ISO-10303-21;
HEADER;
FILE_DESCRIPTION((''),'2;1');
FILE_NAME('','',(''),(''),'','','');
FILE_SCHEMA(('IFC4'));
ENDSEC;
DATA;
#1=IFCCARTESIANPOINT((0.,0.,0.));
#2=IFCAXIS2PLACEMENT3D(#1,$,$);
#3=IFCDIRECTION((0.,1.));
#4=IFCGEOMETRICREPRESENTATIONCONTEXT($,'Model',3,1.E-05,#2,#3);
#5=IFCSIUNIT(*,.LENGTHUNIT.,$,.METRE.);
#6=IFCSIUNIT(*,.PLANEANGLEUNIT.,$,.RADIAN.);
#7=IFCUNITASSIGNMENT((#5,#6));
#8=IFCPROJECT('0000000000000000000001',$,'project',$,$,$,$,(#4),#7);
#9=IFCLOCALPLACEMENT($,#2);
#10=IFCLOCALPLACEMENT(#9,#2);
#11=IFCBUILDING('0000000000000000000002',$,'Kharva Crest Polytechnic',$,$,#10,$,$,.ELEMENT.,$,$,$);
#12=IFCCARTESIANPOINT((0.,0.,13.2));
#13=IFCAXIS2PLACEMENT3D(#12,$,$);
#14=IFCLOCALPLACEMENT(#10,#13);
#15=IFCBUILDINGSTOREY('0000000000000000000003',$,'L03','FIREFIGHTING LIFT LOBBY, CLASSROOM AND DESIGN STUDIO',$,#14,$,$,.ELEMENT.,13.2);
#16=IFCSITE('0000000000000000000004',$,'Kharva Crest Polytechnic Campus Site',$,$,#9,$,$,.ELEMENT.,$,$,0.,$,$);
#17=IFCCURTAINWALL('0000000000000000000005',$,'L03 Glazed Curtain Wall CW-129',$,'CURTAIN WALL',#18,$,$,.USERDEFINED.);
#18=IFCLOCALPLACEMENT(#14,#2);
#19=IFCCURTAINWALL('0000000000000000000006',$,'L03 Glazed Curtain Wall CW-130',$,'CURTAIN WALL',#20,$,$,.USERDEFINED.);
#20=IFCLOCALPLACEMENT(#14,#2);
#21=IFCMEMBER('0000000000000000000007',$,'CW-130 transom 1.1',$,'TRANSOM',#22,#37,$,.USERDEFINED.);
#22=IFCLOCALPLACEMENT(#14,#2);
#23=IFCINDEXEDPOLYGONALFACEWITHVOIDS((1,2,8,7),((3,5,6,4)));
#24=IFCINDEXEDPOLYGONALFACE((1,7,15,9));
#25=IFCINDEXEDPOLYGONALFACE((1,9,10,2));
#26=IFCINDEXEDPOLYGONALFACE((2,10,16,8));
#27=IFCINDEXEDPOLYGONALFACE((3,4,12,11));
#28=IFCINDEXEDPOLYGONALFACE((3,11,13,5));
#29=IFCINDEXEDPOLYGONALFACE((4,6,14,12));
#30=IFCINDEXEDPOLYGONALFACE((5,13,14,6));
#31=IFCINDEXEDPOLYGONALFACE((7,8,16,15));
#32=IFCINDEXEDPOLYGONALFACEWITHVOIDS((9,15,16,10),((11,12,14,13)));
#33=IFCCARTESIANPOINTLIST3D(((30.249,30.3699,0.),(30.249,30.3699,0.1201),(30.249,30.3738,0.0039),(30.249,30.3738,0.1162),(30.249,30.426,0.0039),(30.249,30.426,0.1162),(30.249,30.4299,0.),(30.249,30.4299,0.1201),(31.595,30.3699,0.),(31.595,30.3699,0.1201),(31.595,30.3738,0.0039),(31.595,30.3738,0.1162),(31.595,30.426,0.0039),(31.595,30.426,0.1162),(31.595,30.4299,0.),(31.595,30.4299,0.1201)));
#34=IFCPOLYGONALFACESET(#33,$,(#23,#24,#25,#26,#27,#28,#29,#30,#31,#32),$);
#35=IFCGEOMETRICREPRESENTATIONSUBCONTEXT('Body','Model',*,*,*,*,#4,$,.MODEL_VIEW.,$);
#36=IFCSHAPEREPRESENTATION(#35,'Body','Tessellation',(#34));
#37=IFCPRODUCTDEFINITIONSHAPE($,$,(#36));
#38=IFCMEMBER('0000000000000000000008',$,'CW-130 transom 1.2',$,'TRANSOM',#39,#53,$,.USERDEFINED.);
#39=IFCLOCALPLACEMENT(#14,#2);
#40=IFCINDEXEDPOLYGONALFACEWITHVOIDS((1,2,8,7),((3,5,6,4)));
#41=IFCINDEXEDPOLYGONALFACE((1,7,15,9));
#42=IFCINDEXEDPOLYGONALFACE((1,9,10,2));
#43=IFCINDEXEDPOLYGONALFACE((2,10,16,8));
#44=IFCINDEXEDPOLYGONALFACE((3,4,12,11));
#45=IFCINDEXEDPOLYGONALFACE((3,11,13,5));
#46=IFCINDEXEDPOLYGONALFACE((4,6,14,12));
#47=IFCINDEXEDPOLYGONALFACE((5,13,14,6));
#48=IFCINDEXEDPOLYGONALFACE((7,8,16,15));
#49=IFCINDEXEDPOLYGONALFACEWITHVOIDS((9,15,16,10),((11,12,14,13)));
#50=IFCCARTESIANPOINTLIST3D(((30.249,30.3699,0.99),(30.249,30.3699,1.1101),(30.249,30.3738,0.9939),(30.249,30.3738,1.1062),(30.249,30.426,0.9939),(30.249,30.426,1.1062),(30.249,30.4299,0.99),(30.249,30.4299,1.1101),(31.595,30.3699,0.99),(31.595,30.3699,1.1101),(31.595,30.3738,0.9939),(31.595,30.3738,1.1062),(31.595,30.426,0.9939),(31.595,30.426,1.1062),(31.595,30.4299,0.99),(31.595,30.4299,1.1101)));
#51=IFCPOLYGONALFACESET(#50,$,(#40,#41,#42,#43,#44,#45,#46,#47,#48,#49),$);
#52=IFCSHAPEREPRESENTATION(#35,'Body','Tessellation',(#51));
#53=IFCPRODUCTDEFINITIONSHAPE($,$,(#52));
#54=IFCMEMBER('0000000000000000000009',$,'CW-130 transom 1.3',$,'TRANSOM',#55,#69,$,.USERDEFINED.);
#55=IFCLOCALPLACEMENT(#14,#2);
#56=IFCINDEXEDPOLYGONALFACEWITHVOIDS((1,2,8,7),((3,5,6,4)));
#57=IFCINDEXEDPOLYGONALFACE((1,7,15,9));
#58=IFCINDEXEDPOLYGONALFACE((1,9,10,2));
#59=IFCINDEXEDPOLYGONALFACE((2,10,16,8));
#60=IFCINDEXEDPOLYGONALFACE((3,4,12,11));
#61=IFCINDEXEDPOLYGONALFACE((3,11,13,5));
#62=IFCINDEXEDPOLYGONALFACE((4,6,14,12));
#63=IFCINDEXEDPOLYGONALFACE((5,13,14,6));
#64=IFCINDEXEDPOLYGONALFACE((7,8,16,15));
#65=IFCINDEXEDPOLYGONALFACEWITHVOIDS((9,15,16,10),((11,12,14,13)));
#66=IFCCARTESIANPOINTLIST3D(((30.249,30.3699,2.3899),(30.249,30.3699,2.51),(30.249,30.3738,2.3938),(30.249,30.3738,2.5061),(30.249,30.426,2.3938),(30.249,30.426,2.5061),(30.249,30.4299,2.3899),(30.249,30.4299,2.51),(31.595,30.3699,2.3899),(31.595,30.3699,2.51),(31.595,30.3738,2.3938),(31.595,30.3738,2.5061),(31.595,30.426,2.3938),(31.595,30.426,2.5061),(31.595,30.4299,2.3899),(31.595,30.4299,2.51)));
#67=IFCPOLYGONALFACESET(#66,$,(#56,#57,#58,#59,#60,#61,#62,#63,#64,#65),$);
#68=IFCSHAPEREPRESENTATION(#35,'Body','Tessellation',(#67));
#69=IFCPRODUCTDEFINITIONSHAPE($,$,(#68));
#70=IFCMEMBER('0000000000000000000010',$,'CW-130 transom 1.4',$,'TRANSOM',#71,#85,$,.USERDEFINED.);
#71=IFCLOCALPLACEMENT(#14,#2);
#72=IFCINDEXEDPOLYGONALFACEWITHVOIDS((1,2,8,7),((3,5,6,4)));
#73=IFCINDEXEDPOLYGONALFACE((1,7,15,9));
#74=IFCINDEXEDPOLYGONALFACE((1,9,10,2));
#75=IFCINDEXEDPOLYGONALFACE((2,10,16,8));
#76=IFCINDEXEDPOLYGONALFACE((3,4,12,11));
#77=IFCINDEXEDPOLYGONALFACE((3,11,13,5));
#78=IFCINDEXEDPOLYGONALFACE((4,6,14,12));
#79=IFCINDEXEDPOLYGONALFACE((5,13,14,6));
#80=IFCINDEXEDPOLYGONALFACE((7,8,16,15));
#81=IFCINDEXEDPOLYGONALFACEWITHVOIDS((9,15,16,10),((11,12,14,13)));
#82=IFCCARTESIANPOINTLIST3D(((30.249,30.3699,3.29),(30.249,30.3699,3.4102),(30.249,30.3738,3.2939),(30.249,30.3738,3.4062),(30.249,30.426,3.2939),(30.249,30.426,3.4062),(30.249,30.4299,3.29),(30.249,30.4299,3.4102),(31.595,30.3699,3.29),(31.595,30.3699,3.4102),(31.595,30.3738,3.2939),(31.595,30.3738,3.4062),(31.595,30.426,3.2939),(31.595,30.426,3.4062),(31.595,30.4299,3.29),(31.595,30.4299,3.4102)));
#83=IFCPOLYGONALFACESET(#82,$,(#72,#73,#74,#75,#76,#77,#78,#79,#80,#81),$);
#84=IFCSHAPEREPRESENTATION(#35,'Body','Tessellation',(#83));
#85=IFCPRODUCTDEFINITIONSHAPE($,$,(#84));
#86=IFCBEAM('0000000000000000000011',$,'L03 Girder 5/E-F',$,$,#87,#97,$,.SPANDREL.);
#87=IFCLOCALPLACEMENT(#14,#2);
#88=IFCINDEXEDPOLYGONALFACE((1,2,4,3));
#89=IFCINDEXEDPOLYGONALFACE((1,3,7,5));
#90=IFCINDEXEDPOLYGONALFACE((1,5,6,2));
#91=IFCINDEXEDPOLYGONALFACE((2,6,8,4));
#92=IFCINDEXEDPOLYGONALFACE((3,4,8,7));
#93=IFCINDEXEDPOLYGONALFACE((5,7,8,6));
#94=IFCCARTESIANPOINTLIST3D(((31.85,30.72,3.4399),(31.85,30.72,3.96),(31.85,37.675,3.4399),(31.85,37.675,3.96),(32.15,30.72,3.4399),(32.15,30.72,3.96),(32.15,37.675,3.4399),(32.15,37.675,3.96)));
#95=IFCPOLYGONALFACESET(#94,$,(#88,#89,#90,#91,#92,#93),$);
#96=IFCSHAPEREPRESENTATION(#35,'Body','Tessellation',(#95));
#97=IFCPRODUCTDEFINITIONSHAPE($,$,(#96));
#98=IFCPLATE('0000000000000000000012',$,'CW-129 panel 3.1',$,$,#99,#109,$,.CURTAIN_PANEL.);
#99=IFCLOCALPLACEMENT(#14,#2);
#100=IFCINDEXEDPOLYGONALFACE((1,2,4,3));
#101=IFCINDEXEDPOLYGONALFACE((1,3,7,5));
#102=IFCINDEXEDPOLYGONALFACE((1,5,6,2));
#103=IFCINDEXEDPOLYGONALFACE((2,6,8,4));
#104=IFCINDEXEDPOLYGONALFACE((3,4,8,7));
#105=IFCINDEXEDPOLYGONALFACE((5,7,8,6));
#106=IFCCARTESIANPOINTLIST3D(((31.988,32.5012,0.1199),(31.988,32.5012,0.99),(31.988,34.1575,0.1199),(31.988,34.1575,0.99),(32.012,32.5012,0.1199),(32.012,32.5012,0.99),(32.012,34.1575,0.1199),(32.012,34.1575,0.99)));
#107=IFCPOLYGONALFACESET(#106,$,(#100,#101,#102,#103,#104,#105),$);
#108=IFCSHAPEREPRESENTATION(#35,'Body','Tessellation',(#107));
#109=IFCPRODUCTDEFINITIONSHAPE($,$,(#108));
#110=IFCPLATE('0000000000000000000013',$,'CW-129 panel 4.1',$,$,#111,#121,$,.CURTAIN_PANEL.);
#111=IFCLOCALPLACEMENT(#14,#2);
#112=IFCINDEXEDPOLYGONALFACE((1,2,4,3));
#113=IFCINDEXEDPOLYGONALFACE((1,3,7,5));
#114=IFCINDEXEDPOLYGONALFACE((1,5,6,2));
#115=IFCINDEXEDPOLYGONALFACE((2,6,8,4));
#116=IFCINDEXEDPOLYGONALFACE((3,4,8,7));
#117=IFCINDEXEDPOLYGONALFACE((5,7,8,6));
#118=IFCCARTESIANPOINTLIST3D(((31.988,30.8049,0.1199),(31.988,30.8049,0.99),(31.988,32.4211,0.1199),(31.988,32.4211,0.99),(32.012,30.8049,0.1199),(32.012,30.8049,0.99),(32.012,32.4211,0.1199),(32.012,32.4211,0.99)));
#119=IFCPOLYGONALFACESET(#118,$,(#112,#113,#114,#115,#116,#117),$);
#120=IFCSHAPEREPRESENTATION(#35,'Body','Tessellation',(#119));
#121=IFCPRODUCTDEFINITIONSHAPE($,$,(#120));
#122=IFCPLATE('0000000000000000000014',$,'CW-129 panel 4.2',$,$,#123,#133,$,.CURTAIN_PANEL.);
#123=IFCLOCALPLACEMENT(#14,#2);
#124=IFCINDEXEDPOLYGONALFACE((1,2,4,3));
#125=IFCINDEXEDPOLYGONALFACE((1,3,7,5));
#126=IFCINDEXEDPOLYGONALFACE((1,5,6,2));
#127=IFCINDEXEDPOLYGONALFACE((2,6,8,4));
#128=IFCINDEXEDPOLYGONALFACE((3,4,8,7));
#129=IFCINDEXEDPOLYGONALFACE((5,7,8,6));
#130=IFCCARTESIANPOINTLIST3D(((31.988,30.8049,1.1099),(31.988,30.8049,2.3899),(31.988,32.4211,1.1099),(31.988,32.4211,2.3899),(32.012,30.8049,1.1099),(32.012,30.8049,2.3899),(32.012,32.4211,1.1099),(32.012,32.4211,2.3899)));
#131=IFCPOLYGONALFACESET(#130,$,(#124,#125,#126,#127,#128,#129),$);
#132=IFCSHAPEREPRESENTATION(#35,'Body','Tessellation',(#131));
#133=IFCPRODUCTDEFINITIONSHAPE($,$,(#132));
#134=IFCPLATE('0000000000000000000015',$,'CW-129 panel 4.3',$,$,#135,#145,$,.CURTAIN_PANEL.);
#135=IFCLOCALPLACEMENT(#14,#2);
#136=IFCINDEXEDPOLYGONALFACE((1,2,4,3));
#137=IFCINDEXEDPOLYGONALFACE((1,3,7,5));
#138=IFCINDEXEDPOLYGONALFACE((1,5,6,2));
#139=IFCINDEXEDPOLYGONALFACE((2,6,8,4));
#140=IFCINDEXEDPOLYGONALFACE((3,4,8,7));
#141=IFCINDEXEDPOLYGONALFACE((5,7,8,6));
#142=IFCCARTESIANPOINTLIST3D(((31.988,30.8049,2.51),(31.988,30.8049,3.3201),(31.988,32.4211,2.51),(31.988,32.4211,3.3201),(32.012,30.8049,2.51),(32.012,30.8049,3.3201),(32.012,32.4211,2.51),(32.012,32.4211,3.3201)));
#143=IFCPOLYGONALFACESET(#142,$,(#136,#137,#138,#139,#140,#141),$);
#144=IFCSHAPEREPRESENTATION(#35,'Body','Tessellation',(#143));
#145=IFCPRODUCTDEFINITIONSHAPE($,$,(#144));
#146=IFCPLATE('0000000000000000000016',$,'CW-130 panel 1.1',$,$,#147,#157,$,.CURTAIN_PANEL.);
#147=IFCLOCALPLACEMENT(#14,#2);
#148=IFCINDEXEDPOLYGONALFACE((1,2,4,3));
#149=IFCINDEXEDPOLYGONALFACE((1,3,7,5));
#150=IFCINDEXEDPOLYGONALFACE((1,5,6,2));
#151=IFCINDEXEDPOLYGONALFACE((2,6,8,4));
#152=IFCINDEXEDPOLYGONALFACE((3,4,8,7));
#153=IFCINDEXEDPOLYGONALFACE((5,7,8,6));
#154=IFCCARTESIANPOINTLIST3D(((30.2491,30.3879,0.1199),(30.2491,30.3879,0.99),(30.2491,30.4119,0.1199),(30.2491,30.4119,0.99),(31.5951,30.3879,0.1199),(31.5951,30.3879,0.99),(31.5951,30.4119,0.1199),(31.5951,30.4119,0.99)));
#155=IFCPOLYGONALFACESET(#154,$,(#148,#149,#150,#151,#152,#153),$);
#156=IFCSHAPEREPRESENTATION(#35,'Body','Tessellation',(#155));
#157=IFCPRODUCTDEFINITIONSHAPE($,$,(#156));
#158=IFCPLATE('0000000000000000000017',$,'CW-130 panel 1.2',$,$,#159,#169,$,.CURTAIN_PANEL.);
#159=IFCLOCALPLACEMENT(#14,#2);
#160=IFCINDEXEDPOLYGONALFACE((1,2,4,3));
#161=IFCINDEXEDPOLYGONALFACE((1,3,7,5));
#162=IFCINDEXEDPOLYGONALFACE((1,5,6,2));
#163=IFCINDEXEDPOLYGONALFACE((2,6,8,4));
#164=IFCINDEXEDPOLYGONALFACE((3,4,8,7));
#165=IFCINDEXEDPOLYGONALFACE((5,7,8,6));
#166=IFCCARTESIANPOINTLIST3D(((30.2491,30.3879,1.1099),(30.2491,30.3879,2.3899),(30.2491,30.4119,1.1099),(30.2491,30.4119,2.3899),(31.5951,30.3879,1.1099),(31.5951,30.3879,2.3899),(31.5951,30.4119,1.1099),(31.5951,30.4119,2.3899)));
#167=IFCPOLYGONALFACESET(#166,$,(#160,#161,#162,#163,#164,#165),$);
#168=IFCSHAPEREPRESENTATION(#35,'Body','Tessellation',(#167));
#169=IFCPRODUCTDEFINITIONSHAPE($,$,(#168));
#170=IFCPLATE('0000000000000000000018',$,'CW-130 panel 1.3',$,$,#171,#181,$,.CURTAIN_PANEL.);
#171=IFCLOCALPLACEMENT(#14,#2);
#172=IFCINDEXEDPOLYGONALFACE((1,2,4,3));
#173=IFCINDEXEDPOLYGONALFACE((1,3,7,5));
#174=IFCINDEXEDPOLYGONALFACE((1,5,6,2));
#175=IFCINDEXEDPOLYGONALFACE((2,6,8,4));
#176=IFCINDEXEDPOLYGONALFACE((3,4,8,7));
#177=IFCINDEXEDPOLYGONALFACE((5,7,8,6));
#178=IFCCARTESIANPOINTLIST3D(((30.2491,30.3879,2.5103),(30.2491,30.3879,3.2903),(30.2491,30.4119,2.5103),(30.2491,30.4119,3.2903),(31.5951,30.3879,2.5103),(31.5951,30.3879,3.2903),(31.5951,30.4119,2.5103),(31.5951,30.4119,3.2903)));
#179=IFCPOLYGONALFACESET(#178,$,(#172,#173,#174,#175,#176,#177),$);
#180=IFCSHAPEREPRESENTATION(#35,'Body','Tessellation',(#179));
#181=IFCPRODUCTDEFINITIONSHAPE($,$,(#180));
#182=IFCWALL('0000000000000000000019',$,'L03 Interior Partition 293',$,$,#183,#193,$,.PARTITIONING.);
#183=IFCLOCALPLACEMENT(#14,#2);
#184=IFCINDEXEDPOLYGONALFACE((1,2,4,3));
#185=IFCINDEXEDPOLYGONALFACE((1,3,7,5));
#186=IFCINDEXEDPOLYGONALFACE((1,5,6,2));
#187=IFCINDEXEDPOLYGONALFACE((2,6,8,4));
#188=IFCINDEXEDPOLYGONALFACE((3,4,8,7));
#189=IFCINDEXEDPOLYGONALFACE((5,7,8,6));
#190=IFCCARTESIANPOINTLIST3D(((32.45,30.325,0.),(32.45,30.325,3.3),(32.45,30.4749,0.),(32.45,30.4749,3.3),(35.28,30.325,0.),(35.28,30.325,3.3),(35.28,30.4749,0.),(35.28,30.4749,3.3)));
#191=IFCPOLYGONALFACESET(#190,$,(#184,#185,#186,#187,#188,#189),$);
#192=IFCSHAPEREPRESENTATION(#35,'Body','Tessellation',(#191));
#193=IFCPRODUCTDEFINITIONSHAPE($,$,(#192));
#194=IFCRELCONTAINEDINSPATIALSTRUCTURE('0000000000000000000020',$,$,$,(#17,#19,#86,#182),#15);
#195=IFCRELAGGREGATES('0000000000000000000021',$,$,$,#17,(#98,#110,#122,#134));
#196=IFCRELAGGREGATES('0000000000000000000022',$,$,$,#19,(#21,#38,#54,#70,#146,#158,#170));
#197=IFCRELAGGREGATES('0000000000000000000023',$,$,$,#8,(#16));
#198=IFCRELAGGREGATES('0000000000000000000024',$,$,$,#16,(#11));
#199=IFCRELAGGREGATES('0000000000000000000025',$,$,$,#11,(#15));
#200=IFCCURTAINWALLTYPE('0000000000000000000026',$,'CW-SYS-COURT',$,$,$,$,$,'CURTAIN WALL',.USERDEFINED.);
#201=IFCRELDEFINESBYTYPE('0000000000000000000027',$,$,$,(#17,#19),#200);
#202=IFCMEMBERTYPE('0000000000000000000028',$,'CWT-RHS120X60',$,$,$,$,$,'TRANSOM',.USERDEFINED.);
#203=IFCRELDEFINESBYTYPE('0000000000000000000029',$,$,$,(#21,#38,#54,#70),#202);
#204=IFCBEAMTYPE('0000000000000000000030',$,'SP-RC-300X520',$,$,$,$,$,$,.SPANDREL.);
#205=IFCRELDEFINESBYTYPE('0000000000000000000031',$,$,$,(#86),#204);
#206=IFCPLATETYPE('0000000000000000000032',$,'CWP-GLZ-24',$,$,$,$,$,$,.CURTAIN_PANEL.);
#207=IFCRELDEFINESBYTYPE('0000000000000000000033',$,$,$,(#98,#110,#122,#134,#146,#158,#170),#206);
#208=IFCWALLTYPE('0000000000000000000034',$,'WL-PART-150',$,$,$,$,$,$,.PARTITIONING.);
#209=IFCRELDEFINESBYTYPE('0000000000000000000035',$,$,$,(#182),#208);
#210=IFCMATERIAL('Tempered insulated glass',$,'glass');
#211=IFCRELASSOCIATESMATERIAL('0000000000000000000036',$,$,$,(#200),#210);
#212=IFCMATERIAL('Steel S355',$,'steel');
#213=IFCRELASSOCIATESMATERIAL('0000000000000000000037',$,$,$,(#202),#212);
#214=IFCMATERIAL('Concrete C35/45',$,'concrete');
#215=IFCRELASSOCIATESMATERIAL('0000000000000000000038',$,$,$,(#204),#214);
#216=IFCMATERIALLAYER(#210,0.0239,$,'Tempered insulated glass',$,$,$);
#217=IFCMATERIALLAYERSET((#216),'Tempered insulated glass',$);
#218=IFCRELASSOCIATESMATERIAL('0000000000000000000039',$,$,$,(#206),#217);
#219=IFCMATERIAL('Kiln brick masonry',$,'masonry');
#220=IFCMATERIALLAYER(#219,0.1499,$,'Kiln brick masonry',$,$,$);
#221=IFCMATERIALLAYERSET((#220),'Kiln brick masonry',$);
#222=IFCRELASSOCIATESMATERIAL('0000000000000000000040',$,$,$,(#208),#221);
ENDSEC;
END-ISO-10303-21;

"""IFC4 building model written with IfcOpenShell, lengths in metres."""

from ifc_helpers import new_model, si_unit, direction, frame, frame_2d, origin, origin_2d, place, context, subcontext, project, spatial, rectangle, hollow_rectangle, extrude, material, layer, layer_set, material_profile, profile_set, type_object, element, aggregate, save


model = new_model("IFC4")

# Units and contexts
model_context = context("Model", 3, precision=1e-05, world=origin(), true_north=direction((0.0, 1.0)))
body_context = subcontext(model_context, "Body", "Model", "MODEL_VIEW")
ifc_project = project(units=[si_unit("LENGTHUNIT", "METRE"), si_unit("PLANEANGLEUNIT", "RADIAN")], contexts=[model_context])

# Site, building, storey
site_placement = place(None, origin())
site = spatial("IfcSite", under=ifc_project, at=site_placement, Name="Kharva Crest Polytechnic Campus Site", CompositionType="ELEMENT", RefElevation=0.0)
building_placement = place(site_placement, origin())
building = spatial("IfcBuilding", under=site, at=building_placement, Name="Kharva Crest Polytechnic", CompositionType="ELEMENT")
storey_placement = place(building_placement, frame((0.0, 0.0, 13.2)))
storey = spatial("IfcBuildingStorey", under=building, at=storey_placement, Name="L03", Description="FIREFIGHTING LIFT LOBBY, CLASSROOM AND DESIGN STUDIO", CompositionType="ELEMENT", Elevation=13.2)

# Shared definitions
ifc_material_1 = material(Name="Concrete C35/45", Category="concrete")

# Curtain wall
ifc_material_2 = material(Name="Tempered insulated glass", Category="glass")
curtain_wall_type = type_object("IfcCurtainWallType", Name="CW-SYS-COURT", ElementType="CURTAIN WALL", PredefinedType="USERDEFINED", material=ifc_material_2)
curtain_wall_1_placement = place(storey_placement, origin())
curtain_wall_1 = element("IfcCurtainWall", 1, at=curtain_wall_1_placement, inside=storey, type_object=curtain_wall_type, Name="L03 Glazed Curtain Wall CW-129", ObjectType="CURTAIN WALL", PredefinedType="USERDEFINED")
ifc_material_3 = material(Name="Steel S355", Category="steel")

# Curtain wall
curtain_wall_2_placement = place(storey_placement, origin())
curtain_wall_2 = element("IfcCurtainWall", 2, at=curtain_wall_2_placement, inside=storey, type_object=curtain_wall_type, Name="L03 Glazed Curtain Wall CW-130", ObjectType="CURTAIN WALL", PredefinedType="USERDEFINED")

# Members
ifc_material_profile_1 = material_profile(ifc_material_3, hollow_rectangle(XDim=0.0601, YDim=0.1201, WallThickness=0.0039, at=origin_2d()), Name="RHS 120X60X4.0")
ifc_profile_set_1 = profile_set([ifc_material_profile_1], Name="Steel S355")
member_type_1 = type_object("IfcMemberType", Name="CWT-RHS120X60", ElementType="TRANSOM", PredefinedType="USERDEFINED", material=ifc_profile_set_1)
member_1_placement = place(storey_placement, frame((31.595, 30.3999, 0.0601), z_axis=(-1.0, 0.0, 0.0), x_axis=(0.0, -1.0, 0.0)))
member_1 = element("IfcMember", 3, at=member_1_placement, type_object=member_type_1, Name="CW-130 transom 1.1", ObjectType="TRANSOM", PredefinedType="USERDEFINED", context=body_context, shape_type="SweptSolid", body=[
    extrude(hollow_rectangle(XDim=0.0601, YDim=0.1201, WallThickness=0.0039, at=origin_2d()), origin(), (0.0, 0.0, 1.0), 1.3459),
])
member_2_placement = place(storey_placement, frame((31.595, 30.3999, 1.05), z_axis=(-1.0, 0.0, 0.0), x_axis=(0.0, -1.0, 0.0)))
member_2 = element("IfcMember", 4, at=member_2_placement, type_object=member_type_1, Name="CW-130 transom 1.2", ObjectType="TRANSOM", PredefinedType="USERDEFINED", context=body_context, shape_type="SweptSolid", body=[
    extrude(hollow_rectangle(XDim=0.0601, YDim=0.1201, WallThickness=0.0039, at=origin_2d()), origin(), (0.0, 0.0, 1.0), 1.3459),
])
member_3_placement = place(storey_placement, frame((31.595, 30.3999, 2.45), z_axis=(-1.0, 0.0, 0.0), x_axis=(0.0, -1.0, 0.0)))
member_3 = element("IfcMember", 5, at=member_3_placement, type_object=member_type_1, Name="CW-130 transom 1.3", ObjectType="TRANSOM", PredefinedType="USERDEFINED", context=body_context, shape_type="SweptSolid", body=[
    extrude(hollow_rectangle(XDim=0.0601, YDim=0.1201, WallThickness=0.0039, at=origin_2d()), origin(), (0.0, 0.0, 1.0), 1.3459),
])
member_4_placement = place(storey_placement, frame((31.595, 30.3999, 3.3501), z_axis=(-1.0, 0.0, 0.0), x_axis=(0.0, -1.0, 0.0)))
member_4 = element("IfcMember", 6, at=member_4_placement, type_object=member_type_1, Name="CW-130 transom 1.4", ObjectType="TRANSOM", PredefinedType="USERDEFINED", context=body_context, shape_type="SweptSolid", body=[
    extrude(hollow_rectangle(XDim=0.0601, YDim=0.1201, WallThickness=0.0039, at=origin_2d()), origin(), (0.0, 0.0, 1.0), 1.3459),
])

# Beam
ifc_material_profile_2 = material_profile(ifc_material_1, rectangle(XDim=0.3, YDim=0.52, at=origin_2d()), Name="RECT 300 X 520")
ifc_profile_set_2 = profile_set([ifc_material_profile_2], Name="Concrete C35/45")
beam_type_1 = type_object("IfcBeamType", Name="SP-RC-300X520", PredefinedType="SPANDREL", material=ifc_profile_set_2)
beam_1_placement = place(storey_placement, frame((32.0, 30.72, 3.7), z_axis=(0.0, 1.0, 0.0), x_axis=(-1.0, 0.0, 0.0)))
element("IfcBeam", 7, at=beam_1_placement, inside=storey, type_object=beam_type_1, Name="L03 Girder 5/E-F", PredefinedType="SPANDREL", context=body_context, shape_type="SweptSolid", body=[
    extrude(rectangle(XDim=0.3, YDim=0.52, at=origin_2d()), origin(), (0.0, 0.0, 1.0), 6.9551),
])

# Plates
ifc_layer_1 = layer(ifc_material_2, 0.0239, Name="Tempered insulated glass")
ifc_layer_set_1 = layer_set([ifc_layer_1], Name="Tempered insulated glass")
plate_type = type_object("IfcPlateType", Name="CWP-GLZ-24", PredefinedType="CURTAIN_PANEL", material=ifc_layer_set_1)
plate_1_placement = place(storey_placement, frame((32.0, 33.3293, 0.1199), z_axis=(0.0, 0.0, 1.0), x_axis=(0.0, -1.0, 0.0)))
plate_1 = element("IfcPlate", 8, at=plate_1_placement, type_object=plate_type, Name="CW-129 panel 3.1", PredefinedType="CURTAIN_PANEL", context=body_context, shape_type="SweptSolid", body=[
    extrude(rectangle(XDim=1.6562, YDim=0.0239, at=origin_2d()), origin(), (0.0, 0.0, 1.0), 0.8701),
])
plate_2_placement = place(storey_placement, frame((32.0, 31.613, 0.1199), z_axis=(0.0, 0.0, 1.0), x_axis=(0.0, -1.0, 0.0)))
plate_2 = element("IfcPlate", 9, at=plate_2_placement, type_object=plate_type, Name="CW-129 panel 4.1", PredefinedType="CURTAIN_PANEL", context=body_context, shape_type="SweptSolid", body=[
    extrude(rectangle(XDim=1.6162, YDim=0.0239, at=origin_2d()), origin(), (0.0, 0.0, 1.0), 0.8701),
])
plate_3_placement = place(storey_placement, frame((32.0, 31.613, 1.1099), z_axis=(0.0, 0.0, 1.0), x_axis=(0.0, -1.0, 0.0)))
plate_3 = element("IfcPlate", 10, at=plate_3_placement, type_object=plate_type, Name="CW-129 panel 4.2", PredefinedType="CURTAIN_PANEL", context=body_context, shape_type="SweptSolid", body=[
    extrude(rectangle(XDim=1.6162, YDim=0.0239, at=origin_2d()), origin(), (0.0, 0.0, 1.0), 1.28),
])
plate_4_placement = place(storey_placement, frame((32.0, 31.613, 2.51), z_axis=(0.0, 0.0, 1.0), x_axis=(0.0, -1.0, 0.0)))
plate_4 = element("IfcPlate", 11, at=plate_4_placement, type_object=plate_type, Name="CW-129 panel 4.3", PredefinedType="CURTAIN_PANEL", context=body_context, shape_type="SweptSolid", body=[
    extrude(rectangle(XDim=1.6162, YDim=0.0239, at=origin_2d()), origin(), (0.0, 0.0, 1.0), 0.8101),
])
aggregate(curtain_wall_1, [plate_1, plate_2, plate_3, plate_4])
plate_5_placement = place(storey_placement, frame((30.9221, 30.3999, 0.1199), z_axis=(0.0, 0.0, 1.0), x_axis=(-1.0, 0.0, 0.0)))
plate_5 = element("IfcPlate", 12, at=plate_5_placement, type_object=plate_type, Name="CW-130 panel 1.1", PredefinedType="CURTAIN_PANEL", context=body_context, shape_type="SweptSolid", body=[
    extrude(rectangle(XDim=1.3459, YDim=0.0239, at=origin_2d()), origin(), (0.0, 0.0, 1.0), 0.8701),
])
plate_6_placement = place(storey_placement, frame((30.9221, 30.3999, 1.1099), z_axis=(0.0, 0.0, 1.0), x_axis=(-1.0, 0.0, 0.0)))
plate_6 = element("IfcPlate", 13, at=plate_6_placement, type_object=plate_type, Name="CW-130 panel 1.2", PredefinedType="CURTAIN_PANEL", context=body_context, shape_type="SweptSolid", body=[
    extrude(rectangle(XDim=1.3459, YDim=0.0239, at=origin_2d()), origin(), (0.0, 0.0, 1.0), 1.28),
])
plate_7_placement = place(storey_placement, frame((30.9221, 30.3999, 2.5103), z_axis=(0.0, 0.0, 1.0), x_axis=(-1.0, 0.0, 0.0)))
plate_7 = element("IfcPlate", 14, at=plate_7_placement, type_object=plate_type, Name="CW-130 panel 1.3", PredefinedType="CURTAIN_PANEL", context=body_context, shape_type="SweptSolid", body=[
    extrude(rectangle(XDim=1.3459, YDim=0.0239, at=origin_2d()), origin(), (0.0, 0.0, 1.0), 0.78),
])
aggregate(curtain_wall_2, [member_1, member_2, member_3, member_4, plate_5, plate_6, plate_7])

# Wall
ifc_material_4 = material(Name="Kiln brick masonry", Category="masonry")
ifc_layer_2 = layer(ifc_material_4, 0.1499, Name="Kiln brick masonry")
ifc_layer_set_2 = layer_set([ifc_layer_2], Name="Kiln brick masonry")
wall_type = type_object("IfcWallType", Name="WL-PART-150", PredefinedType="PARTITIONING", material=ifc_layer_set_2)
wall_placement = place(storey_placement, frame((32.45, 30.3999, 0.0), z_axis=(0.0, 0.0, 1.0), x_axis=(1.0, 0.0, 0.0)))
element("IfcWall", 15, at=wall_placement, inside=storey, type_object=wall_type, Name="L03 Interior Partition 293", PredefinedType="PARTITIONING", context=body_context, shape_type="SweptSolid", body=[
    extrude(rectangle(XDim=2.8301, YDim=0.1499, at=frame_2d((1.415, 0.0))), origin(), (0.0, 0.0, 1.0), 3.3),
])

save(model, "model.ifc")
